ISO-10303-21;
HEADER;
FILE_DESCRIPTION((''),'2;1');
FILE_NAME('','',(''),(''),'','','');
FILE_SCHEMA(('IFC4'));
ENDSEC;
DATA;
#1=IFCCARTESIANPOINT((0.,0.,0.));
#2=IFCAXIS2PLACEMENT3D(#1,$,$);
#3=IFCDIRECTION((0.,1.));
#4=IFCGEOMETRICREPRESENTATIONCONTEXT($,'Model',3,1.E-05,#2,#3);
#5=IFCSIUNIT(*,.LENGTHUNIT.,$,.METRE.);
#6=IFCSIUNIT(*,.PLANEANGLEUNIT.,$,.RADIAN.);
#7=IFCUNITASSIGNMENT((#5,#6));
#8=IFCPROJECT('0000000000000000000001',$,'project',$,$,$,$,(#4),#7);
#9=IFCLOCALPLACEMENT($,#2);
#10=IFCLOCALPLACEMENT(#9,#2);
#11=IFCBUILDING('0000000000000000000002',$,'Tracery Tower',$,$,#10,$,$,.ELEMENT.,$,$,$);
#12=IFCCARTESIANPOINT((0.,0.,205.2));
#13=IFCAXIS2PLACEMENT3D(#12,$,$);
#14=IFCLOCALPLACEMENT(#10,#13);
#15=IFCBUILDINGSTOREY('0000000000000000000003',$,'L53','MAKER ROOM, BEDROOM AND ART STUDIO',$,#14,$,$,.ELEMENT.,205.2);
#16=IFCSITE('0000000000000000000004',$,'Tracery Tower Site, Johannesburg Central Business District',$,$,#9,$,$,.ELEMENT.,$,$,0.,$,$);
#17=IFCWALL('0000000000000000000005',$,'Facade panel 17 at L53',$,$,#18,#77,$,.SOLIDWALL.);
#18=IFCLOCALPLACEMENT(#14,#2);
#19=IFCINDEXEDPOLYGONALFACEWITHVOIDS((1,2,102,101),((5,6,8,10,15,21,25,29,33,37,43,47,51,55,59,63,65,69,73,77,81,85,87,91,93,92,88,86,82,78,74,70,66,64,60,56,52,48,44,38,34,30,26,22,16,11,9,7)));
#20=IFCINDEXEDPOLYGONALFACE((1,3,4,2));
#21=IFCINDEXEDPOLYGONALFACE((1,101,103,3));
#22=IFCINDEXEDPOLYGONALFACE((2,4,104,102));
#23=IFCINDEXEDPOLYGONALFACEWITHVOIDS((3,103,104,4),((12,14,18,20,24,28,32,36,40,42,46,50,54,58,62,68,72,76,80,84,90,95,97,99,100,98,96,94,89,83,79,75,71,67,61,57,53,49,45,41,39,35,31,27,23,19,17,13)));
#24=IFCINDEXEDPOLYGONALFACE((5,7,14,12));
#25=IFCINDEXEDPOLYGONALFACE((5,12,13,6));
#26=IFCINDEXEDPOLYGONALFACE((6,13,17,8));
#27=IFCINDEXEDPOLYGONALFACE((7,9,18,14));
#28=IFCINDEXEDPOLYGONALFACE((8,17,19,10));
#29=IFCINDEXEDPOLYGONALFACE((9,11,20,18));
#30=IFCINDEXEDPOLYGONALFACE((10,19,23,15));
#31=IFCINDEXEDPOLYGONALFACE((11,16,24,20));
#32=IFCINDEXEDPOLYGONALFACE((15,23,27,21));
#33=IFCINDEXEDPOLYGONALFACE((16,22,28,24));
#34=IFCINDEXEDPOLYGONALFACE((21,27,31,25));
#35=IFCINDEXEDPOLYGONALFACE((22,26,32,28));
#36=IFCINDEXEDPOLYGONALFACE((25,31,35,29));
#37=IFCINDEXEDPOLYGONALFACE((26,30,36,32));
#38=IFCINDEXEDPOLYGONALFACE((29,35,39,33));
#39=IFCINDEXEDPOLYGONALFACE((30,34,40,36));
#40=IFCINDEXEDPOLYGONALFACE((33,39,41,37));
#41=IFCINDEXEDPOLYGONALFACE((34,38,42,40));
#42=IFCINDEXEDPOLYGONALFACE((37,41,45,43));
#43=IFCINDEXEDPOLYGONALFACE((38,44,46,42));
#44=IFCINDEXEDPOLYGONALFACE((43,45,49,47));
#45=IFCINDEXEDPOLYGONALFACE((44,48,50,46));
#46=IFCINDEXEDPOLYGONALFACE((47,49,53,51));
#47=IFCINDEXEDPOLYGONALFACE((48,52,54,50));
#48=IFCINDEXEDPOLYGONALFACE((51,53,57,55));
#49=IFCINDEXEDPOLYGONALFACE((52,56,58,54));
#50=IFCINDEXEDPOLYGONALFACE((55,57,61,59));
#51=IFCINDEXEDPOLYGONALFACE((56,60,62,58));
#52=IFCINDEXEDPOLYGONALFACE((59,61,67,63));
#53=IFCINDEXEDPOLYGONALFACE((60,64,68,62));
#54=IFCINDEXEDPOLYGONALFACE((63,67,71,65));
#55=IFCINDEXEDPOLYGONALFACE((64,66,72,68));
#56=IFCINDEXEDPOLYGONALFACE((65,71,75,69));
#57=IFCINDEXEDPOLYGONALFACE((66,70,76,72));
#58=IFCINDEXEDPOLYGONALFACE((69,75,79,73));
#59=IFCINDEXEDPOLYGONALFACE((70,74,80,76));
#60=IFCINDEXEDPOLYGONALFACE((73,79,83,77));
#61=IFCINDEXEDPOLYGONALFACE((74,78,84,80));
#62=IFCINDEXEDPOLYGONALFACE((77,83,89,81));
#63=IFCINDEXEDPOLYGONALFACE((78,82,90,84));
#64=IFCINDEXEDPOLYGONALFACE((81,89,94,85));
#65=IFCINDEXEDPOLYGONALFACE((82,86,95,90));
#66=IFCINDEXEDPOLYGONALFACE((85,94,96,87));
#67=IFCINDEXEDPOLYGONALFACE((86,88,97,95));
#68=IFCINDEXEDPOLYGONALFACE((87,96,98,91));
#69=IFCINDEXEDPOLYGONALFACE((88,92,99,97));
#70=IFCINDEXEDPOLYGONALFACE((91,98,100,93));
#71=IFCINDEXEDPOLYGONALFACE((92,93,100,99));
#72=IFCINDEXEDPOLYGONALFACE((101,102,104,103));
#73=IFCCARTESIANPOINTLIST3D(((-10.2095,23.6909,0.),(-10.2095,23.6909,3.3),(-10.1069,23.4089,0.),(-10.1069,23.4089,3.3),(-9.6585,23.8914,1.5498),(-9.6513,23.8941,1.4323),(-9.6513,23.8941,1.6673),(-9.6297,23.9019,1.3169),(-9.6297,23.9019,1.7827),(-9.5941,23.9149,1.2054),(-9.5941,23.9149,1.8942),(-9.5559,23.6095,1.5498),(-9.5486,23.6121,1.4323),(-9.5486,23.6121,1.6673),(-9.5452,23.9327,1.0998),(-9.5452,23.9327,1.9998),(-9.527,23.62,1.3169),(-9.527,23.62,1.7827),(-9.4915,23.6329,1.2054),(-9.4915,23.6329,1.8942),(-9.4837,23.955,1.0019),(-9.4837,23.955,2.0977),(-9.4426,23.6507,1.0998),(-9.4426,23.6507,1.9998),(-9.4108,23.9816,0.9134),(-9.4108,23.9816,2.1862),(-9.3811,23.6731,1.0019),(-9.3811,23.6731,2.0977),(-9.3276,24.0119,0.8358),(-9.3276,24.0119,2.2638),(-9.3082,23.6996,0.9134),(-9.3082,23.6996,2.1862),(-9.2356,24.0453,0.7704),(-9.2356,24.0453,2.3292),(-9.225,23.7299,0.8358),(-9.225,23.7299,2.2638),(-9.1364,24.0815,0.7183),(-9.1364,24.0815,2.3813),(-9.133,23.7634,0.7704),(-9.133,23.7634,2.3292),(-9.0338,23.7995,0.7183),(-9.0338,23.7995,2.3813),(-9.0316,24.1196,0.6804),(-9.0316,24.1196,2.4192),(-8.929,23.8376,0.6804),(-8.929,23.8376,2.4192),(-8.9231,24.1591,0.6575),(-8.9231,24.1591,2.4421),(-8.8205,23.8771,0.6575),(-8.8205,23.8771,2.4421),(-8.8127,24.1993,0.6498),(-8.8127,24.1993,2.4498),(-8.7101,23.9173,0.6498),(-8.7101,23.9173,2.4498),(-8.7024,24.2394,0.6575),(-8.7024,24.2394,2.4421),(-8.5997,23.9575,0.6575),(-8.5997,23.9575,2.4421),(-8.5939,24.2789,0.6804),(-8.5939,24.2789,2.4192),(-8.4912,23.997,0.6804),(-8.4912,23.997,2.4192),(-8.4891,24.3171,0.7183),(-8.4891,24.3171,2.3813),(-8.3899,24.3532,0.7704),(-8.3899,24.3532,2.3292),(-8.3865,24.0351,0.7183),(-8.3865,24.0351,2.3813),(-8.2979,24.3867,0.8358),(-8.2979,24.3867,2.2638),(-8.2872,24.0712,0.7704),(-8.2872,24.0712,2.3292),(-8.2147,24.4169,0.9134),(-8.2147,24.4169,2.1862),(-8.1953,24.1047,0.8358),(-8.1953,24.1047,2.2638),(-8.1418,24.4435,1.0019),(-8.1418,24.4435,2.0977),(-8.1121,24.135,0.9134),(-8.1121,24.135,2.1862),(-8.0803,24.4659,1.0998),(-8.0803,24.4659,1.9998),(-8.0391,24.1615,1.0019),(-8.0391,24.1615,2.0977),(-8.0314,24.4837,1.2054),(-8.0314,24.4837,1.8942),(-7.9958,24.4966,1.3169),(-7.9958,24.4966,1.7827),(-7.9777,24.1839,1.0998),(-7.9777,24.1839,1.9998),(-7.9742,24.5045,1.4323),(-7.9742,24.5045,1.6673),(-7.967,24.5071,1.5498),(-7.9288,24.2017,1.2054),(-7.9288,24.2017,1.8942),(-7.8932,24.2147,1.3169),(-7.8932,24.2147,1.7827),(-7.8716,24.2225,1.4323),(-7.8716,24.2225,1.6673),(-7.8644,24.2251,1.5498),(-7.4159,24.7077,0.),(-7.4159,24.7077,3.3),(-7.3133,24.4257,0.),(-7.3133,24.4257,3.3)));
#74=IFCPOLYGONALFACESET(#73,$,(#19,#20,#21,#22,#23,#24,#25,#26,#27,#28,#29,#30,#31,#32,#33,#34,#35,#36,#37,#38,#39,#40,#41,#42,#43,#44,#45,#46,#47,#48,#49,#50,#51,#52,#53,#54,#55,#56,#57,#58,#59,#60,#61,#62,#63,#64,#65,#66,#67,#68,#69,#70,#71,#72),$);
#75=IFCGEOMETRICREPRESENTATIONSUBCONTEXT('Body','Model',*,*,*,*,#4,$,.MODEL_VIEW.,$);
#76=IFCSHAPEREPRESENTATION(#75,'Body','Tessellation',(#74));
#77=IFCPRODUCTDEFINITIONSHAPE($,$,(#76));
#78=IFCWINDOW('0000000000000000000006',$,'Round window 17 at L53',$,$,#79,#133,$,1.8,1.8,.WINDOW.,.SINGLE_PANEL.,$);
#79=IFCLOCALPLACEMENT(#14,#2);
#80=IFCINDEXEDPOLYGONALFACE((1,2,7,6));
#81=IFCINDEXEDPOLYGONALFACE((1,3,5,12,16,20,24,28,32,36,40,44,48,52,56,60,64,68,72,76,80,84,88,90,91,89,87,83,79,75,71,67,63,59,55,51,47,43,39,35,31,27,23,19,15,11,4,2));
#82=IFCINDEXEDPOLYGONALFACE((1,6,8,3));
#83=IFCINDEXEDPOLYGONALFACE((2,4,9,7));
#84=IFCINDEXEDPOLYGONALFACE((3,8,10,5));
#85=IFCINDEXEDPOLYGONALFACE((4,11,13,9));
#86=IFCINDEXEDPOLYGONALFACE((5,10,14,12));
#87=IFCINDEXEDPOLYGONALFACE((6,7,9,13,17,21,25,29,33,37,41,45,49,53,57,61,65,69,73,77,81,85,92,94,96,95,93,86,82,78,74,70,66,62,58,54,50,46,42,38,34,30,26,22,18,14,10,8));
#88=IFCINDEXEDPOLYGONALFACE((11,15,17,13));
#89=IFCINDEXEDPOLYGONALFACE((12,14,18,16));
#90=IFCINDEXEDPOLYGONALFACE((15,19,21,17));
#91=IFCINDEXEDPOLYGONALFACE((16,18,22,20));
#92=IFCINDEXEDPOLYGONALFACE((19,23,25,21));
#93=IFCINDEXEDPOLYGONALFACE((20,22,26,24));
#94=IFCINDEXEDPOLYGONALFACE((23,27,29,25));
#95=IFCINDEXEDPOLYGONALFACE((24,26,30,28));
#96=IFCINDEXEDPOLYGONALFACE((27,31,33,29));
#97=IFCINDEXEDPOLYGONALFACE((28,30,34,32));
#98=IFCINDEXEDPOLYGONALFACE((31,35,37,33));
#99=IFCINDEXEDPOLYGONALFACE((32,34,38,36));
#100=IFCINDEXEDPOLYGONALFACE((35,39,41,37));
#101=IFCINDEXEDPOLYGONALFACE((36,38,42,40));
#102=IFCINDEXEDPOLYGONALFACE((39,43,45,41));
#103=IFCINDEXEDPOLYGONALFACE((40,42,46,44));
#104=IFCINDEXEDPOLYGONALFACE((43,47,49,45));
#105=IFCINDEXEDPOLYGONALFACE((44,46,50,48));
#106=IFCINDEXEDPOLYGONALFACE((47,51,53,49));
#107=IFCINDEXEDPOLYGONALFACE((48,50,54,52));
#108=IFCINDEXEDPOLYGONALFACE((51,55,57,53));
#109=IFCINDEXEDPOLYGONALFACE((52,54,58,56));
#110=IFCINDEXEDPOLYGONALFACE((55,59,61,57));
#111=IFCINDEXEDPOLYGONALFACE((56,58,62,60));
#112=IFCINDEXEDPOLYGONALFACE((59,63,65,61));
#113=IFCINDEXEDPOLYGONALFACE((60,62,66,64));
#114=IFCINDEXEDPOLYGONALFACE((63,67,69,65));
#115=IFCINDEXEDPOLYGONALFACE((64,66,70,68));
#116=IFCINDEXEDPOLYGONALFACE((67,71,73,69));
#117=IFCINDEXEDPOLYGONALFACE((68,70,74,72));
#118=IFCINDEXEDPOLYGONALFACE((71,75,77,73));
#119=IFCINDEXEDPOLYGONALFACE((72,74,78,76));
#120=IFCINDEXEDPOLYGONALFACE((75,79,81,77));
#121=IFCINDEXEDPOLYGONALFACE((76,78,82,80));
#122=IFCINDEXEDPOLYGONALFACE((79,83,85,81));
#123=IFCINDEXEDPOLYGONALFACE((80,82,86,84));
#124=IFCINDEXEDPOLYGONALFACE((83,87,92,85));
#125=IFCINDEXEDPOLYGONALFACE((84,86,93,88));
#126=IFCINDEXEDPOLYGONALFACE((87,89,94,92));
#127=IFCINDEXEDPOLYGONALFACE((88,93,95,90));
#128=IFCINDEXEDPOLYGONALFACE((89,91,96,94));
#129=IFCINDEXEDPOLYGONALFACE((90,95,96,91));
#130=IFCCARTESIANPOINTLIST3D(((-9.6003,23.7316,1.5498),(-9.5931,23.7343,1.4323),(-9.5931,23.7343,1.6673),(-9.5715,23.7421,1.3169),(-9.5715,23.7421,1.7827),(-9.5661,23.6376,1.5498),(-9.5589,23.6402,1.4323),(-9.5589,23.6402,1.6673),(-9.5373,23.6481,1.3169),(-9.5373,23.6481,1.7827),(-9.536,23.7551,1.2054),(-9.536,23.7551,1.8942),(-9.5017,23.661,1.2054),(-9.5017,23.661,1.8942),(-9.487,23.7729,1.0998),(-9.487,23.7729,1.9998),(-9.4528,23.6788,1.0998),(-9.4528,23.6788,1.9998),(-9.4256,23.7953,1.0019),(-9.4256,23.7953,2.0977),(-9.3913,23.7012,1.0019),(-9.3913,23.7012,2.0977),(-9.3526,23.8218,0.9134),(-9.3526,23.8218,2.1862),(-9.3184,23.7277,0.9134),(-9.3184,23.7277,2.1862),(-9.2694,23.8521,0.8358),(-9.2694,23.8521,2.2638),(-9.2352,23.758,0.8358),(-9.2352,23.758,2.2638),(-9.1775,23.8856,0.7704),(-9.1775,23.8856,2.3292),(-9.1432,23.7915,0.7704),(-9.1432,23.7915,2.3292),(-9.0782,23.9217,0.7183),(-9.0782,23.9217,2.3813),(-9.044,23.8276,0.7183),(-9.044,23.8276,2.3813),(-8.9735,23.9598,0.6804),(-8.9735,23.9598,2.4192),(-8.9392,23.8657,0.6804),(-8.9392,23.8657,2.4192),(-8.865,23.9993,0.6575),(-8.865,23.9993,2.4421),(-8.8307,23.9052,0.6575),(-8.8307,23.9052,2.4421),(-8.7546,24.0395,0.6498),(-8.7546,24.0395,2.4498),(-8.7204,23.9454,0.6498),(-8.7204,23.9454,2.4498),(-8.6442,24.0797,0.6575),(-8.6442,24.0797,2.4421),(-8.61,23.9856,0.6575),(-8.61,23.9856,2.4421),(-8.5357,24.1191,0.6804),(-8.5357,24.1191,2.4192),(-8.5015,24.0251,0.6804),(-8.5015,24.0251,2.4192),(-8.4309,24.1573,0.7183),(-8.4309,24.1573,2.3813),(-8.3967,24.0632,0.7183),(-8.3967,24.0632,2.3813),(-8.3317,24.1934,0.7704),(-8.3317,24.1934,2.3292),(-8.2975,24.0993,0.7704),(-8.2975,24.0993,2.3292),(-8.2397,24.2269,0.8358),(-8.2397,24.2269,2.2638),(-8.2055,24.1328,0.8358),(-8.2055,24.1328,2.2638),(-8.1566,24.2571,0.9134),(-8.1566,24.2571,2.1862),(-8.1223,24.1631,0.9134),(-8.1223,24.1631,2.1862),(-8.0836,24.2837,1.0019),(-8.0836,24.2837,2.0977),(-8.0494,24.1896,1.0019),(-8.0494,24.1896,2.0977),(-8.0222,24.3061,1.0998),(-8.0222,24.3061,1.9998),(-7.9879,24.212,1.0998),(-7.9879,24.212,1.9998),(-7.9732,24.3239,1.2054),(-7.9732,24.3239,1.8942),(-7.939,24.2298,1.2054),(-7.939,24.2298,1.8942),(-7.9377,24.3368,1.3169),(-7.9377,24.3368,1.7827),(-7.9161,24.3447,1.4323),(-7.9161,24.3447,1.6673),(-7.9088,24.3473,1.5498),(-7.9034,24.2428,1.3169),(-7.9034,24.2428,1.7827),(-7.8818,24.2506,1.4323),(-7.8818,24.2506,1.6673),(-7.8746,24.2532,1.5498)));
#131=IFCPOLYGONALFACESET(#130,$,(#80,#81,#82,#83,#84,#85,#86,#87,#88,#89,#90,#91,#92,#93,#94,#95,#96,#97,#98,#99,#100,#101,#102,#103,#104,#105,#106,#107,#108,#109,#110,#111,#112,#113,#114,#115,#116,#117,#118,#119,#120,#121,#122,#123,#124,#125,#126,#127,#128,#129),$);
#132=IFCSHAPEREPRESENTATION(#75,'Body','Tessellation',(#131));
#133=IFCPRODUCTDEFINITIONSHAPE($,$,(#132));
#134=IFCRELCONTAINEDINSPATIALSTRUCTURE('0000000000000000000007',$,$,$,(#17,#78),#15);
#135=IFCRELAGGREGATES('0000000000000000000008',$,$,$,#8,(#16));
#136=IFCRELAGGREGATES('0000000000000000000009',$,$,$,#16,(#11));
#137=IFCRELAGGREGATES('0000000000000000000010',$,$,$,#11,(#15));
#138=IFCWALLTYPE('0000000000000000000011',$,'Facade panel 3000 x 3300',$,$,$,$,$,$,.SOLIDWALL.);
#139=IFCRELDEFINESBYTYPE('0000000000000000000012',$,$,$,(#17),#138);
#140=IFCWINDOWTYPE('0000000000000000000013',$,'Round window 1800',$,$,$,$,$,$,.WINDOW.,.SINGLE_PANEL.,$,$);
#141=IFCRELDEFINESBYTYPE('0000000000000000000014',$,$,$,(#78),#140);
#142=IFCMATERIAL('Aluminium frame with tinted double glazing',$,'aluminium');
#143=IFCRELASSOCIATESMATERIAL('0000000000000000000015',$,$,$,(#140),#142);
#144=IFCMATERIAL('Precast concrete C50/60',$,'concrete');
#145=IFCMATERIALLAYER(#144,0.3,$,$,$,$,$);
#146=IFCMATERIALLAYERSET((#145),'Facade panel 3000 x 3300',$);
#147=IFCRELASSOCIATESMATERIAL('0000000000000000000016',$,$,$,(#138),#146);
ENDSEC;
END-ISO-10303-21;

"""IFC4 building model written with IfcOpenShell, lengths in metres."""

from ifc_helpers import new_model, si_unit, direction, frame, frame_2d, origin, origin_2d, place, context, subcontext, project, spatial, rectangle, circle, extrude, material, layer, layer_set, type_object, element, fill, save


model = new_model("IFC4")

# Units and contexts
model_context = context("Model", 3, precision=1e-05, world=origin(), true_north=direction((0.0, 1.0)))
body_context = subcontext(model_context, "Body", "Model", "MODEL_VIEW")
ifc_project = project(units=[si_unit("LENGTHUNIT", "METRE"), si_unit("PLANEANGLEUNIT", "RADIAN")], contexts=[model_context])

# Site, building, storey
site_placement = place(None, origin())
site = spatial("IfcSite", under=ifc_project, at=site_placement, Name="Tracery Tower Site, Johannesburg Central Business District", CompositionType="ELEMENT", RefElevation=0.0)
building_placement = place(site_placement, origin())
building = spatial("IfcBuilding", under=site, at=building_placement, Name="Tracery Tower", CompositionType="ELEMENT")
storey_placement = place(building_placement, frame((0.0, 0.0, 205.2)))
storey = spatial("IfcBuildingStorey", under=building, at=storey_placement, Name="L53", Description="MAKER ROOM, BEDROOM AND ART STUDIO", CompositionType="ELEMENT", Elevation=205.2)

# Wall, opening, window
ifc_material_1 = material(Name="Aluminium frame with tinted double glazing", Category="aluminium")
window_type = type_object("IfcWindowType", Name="Round window 1800", PartitioningType="SINGLE_PANEL", PredefinedType="WINDOW", material=ifc_material_1)
ifc_material_2 = material(Name="Precast concrete C50/60", Category="concrete")
ifc_layer_1 = layer(ifc_material_2, 0.3)
ifc_layer_set_1 = layer_set([ifc_layer_1], Name="Facade panel 3000 x 3300")
wall_type_1 = type_object("IfcWallType", Name="Facade panel 3000 x 3300", PredefinedType="SOLIDWALL", material=ifc_layer_set_1)
wall_1_placement = place(storey_placement, frame((-7.3647, 24.5667, 0.0), z_axis=(0.0, 0.0, 1.0), x_axis=(-0.93969, -0.342027, 0.0)))
wall_1 = element("IfcWall", 1, at=wall_1_placement, inside=storey, type_object=wall_type_1, Name="Facade panel 17 at L53", PredefinedType="SOLIDWALL", context=body_context, shape_type="SweptSolid", body=[
    extrude(rectangle(XDim=2.9729, YDim=0.3, at=frame_2d((1.4863, 0.0))), origin(), (0.0, 0.0, 1.0), 3.3),
])
opening_1_placement = place(wall_1_placement, frame((1.4863, 0.0, 1.5498)))
opening_1 = element("IfcOpeningElement", 2, at=opening_1_placement, cuts=wall_1, PredefinedType="OPENING", context=body_context, shape_type="SweptSolid", body=[
    extrude(circle(Radius=0.9, at=origin_2d()), frame((0.0, 0.1599, 0.0), z_axis=(0.0, -1.0, 0.0), x_axis=(1.0, 0.0, 0.0)), (0.0, 0.0, 1.0), 0.3201),
])
window_1_placement = place(opening_1_placement, origin())
window_1 = element("IfcWindow", 3, at=window_1_placement, inside=storey, type_object=window_type, Name="Round window 17 at L53", OverallHeight=1.8, OverallWidth=1.8, PartitioningType="SINGLE_PANEL", PredefinedType="WINDOW", context=body_context, shape_type="SweptSolid", body=[
    extrude(circle(Radius=0.9, at=origin_2d()), frame((0.0, 0.1201, 0.0), z_axis=(0.0, -1.0, 0.0), x_axis=(1.0, 0.0, 0.0)), (0.0, 0.0, 1.0), 0.1001),
])
fill(opening_1, window_1)

save(model, "model.ifc")
